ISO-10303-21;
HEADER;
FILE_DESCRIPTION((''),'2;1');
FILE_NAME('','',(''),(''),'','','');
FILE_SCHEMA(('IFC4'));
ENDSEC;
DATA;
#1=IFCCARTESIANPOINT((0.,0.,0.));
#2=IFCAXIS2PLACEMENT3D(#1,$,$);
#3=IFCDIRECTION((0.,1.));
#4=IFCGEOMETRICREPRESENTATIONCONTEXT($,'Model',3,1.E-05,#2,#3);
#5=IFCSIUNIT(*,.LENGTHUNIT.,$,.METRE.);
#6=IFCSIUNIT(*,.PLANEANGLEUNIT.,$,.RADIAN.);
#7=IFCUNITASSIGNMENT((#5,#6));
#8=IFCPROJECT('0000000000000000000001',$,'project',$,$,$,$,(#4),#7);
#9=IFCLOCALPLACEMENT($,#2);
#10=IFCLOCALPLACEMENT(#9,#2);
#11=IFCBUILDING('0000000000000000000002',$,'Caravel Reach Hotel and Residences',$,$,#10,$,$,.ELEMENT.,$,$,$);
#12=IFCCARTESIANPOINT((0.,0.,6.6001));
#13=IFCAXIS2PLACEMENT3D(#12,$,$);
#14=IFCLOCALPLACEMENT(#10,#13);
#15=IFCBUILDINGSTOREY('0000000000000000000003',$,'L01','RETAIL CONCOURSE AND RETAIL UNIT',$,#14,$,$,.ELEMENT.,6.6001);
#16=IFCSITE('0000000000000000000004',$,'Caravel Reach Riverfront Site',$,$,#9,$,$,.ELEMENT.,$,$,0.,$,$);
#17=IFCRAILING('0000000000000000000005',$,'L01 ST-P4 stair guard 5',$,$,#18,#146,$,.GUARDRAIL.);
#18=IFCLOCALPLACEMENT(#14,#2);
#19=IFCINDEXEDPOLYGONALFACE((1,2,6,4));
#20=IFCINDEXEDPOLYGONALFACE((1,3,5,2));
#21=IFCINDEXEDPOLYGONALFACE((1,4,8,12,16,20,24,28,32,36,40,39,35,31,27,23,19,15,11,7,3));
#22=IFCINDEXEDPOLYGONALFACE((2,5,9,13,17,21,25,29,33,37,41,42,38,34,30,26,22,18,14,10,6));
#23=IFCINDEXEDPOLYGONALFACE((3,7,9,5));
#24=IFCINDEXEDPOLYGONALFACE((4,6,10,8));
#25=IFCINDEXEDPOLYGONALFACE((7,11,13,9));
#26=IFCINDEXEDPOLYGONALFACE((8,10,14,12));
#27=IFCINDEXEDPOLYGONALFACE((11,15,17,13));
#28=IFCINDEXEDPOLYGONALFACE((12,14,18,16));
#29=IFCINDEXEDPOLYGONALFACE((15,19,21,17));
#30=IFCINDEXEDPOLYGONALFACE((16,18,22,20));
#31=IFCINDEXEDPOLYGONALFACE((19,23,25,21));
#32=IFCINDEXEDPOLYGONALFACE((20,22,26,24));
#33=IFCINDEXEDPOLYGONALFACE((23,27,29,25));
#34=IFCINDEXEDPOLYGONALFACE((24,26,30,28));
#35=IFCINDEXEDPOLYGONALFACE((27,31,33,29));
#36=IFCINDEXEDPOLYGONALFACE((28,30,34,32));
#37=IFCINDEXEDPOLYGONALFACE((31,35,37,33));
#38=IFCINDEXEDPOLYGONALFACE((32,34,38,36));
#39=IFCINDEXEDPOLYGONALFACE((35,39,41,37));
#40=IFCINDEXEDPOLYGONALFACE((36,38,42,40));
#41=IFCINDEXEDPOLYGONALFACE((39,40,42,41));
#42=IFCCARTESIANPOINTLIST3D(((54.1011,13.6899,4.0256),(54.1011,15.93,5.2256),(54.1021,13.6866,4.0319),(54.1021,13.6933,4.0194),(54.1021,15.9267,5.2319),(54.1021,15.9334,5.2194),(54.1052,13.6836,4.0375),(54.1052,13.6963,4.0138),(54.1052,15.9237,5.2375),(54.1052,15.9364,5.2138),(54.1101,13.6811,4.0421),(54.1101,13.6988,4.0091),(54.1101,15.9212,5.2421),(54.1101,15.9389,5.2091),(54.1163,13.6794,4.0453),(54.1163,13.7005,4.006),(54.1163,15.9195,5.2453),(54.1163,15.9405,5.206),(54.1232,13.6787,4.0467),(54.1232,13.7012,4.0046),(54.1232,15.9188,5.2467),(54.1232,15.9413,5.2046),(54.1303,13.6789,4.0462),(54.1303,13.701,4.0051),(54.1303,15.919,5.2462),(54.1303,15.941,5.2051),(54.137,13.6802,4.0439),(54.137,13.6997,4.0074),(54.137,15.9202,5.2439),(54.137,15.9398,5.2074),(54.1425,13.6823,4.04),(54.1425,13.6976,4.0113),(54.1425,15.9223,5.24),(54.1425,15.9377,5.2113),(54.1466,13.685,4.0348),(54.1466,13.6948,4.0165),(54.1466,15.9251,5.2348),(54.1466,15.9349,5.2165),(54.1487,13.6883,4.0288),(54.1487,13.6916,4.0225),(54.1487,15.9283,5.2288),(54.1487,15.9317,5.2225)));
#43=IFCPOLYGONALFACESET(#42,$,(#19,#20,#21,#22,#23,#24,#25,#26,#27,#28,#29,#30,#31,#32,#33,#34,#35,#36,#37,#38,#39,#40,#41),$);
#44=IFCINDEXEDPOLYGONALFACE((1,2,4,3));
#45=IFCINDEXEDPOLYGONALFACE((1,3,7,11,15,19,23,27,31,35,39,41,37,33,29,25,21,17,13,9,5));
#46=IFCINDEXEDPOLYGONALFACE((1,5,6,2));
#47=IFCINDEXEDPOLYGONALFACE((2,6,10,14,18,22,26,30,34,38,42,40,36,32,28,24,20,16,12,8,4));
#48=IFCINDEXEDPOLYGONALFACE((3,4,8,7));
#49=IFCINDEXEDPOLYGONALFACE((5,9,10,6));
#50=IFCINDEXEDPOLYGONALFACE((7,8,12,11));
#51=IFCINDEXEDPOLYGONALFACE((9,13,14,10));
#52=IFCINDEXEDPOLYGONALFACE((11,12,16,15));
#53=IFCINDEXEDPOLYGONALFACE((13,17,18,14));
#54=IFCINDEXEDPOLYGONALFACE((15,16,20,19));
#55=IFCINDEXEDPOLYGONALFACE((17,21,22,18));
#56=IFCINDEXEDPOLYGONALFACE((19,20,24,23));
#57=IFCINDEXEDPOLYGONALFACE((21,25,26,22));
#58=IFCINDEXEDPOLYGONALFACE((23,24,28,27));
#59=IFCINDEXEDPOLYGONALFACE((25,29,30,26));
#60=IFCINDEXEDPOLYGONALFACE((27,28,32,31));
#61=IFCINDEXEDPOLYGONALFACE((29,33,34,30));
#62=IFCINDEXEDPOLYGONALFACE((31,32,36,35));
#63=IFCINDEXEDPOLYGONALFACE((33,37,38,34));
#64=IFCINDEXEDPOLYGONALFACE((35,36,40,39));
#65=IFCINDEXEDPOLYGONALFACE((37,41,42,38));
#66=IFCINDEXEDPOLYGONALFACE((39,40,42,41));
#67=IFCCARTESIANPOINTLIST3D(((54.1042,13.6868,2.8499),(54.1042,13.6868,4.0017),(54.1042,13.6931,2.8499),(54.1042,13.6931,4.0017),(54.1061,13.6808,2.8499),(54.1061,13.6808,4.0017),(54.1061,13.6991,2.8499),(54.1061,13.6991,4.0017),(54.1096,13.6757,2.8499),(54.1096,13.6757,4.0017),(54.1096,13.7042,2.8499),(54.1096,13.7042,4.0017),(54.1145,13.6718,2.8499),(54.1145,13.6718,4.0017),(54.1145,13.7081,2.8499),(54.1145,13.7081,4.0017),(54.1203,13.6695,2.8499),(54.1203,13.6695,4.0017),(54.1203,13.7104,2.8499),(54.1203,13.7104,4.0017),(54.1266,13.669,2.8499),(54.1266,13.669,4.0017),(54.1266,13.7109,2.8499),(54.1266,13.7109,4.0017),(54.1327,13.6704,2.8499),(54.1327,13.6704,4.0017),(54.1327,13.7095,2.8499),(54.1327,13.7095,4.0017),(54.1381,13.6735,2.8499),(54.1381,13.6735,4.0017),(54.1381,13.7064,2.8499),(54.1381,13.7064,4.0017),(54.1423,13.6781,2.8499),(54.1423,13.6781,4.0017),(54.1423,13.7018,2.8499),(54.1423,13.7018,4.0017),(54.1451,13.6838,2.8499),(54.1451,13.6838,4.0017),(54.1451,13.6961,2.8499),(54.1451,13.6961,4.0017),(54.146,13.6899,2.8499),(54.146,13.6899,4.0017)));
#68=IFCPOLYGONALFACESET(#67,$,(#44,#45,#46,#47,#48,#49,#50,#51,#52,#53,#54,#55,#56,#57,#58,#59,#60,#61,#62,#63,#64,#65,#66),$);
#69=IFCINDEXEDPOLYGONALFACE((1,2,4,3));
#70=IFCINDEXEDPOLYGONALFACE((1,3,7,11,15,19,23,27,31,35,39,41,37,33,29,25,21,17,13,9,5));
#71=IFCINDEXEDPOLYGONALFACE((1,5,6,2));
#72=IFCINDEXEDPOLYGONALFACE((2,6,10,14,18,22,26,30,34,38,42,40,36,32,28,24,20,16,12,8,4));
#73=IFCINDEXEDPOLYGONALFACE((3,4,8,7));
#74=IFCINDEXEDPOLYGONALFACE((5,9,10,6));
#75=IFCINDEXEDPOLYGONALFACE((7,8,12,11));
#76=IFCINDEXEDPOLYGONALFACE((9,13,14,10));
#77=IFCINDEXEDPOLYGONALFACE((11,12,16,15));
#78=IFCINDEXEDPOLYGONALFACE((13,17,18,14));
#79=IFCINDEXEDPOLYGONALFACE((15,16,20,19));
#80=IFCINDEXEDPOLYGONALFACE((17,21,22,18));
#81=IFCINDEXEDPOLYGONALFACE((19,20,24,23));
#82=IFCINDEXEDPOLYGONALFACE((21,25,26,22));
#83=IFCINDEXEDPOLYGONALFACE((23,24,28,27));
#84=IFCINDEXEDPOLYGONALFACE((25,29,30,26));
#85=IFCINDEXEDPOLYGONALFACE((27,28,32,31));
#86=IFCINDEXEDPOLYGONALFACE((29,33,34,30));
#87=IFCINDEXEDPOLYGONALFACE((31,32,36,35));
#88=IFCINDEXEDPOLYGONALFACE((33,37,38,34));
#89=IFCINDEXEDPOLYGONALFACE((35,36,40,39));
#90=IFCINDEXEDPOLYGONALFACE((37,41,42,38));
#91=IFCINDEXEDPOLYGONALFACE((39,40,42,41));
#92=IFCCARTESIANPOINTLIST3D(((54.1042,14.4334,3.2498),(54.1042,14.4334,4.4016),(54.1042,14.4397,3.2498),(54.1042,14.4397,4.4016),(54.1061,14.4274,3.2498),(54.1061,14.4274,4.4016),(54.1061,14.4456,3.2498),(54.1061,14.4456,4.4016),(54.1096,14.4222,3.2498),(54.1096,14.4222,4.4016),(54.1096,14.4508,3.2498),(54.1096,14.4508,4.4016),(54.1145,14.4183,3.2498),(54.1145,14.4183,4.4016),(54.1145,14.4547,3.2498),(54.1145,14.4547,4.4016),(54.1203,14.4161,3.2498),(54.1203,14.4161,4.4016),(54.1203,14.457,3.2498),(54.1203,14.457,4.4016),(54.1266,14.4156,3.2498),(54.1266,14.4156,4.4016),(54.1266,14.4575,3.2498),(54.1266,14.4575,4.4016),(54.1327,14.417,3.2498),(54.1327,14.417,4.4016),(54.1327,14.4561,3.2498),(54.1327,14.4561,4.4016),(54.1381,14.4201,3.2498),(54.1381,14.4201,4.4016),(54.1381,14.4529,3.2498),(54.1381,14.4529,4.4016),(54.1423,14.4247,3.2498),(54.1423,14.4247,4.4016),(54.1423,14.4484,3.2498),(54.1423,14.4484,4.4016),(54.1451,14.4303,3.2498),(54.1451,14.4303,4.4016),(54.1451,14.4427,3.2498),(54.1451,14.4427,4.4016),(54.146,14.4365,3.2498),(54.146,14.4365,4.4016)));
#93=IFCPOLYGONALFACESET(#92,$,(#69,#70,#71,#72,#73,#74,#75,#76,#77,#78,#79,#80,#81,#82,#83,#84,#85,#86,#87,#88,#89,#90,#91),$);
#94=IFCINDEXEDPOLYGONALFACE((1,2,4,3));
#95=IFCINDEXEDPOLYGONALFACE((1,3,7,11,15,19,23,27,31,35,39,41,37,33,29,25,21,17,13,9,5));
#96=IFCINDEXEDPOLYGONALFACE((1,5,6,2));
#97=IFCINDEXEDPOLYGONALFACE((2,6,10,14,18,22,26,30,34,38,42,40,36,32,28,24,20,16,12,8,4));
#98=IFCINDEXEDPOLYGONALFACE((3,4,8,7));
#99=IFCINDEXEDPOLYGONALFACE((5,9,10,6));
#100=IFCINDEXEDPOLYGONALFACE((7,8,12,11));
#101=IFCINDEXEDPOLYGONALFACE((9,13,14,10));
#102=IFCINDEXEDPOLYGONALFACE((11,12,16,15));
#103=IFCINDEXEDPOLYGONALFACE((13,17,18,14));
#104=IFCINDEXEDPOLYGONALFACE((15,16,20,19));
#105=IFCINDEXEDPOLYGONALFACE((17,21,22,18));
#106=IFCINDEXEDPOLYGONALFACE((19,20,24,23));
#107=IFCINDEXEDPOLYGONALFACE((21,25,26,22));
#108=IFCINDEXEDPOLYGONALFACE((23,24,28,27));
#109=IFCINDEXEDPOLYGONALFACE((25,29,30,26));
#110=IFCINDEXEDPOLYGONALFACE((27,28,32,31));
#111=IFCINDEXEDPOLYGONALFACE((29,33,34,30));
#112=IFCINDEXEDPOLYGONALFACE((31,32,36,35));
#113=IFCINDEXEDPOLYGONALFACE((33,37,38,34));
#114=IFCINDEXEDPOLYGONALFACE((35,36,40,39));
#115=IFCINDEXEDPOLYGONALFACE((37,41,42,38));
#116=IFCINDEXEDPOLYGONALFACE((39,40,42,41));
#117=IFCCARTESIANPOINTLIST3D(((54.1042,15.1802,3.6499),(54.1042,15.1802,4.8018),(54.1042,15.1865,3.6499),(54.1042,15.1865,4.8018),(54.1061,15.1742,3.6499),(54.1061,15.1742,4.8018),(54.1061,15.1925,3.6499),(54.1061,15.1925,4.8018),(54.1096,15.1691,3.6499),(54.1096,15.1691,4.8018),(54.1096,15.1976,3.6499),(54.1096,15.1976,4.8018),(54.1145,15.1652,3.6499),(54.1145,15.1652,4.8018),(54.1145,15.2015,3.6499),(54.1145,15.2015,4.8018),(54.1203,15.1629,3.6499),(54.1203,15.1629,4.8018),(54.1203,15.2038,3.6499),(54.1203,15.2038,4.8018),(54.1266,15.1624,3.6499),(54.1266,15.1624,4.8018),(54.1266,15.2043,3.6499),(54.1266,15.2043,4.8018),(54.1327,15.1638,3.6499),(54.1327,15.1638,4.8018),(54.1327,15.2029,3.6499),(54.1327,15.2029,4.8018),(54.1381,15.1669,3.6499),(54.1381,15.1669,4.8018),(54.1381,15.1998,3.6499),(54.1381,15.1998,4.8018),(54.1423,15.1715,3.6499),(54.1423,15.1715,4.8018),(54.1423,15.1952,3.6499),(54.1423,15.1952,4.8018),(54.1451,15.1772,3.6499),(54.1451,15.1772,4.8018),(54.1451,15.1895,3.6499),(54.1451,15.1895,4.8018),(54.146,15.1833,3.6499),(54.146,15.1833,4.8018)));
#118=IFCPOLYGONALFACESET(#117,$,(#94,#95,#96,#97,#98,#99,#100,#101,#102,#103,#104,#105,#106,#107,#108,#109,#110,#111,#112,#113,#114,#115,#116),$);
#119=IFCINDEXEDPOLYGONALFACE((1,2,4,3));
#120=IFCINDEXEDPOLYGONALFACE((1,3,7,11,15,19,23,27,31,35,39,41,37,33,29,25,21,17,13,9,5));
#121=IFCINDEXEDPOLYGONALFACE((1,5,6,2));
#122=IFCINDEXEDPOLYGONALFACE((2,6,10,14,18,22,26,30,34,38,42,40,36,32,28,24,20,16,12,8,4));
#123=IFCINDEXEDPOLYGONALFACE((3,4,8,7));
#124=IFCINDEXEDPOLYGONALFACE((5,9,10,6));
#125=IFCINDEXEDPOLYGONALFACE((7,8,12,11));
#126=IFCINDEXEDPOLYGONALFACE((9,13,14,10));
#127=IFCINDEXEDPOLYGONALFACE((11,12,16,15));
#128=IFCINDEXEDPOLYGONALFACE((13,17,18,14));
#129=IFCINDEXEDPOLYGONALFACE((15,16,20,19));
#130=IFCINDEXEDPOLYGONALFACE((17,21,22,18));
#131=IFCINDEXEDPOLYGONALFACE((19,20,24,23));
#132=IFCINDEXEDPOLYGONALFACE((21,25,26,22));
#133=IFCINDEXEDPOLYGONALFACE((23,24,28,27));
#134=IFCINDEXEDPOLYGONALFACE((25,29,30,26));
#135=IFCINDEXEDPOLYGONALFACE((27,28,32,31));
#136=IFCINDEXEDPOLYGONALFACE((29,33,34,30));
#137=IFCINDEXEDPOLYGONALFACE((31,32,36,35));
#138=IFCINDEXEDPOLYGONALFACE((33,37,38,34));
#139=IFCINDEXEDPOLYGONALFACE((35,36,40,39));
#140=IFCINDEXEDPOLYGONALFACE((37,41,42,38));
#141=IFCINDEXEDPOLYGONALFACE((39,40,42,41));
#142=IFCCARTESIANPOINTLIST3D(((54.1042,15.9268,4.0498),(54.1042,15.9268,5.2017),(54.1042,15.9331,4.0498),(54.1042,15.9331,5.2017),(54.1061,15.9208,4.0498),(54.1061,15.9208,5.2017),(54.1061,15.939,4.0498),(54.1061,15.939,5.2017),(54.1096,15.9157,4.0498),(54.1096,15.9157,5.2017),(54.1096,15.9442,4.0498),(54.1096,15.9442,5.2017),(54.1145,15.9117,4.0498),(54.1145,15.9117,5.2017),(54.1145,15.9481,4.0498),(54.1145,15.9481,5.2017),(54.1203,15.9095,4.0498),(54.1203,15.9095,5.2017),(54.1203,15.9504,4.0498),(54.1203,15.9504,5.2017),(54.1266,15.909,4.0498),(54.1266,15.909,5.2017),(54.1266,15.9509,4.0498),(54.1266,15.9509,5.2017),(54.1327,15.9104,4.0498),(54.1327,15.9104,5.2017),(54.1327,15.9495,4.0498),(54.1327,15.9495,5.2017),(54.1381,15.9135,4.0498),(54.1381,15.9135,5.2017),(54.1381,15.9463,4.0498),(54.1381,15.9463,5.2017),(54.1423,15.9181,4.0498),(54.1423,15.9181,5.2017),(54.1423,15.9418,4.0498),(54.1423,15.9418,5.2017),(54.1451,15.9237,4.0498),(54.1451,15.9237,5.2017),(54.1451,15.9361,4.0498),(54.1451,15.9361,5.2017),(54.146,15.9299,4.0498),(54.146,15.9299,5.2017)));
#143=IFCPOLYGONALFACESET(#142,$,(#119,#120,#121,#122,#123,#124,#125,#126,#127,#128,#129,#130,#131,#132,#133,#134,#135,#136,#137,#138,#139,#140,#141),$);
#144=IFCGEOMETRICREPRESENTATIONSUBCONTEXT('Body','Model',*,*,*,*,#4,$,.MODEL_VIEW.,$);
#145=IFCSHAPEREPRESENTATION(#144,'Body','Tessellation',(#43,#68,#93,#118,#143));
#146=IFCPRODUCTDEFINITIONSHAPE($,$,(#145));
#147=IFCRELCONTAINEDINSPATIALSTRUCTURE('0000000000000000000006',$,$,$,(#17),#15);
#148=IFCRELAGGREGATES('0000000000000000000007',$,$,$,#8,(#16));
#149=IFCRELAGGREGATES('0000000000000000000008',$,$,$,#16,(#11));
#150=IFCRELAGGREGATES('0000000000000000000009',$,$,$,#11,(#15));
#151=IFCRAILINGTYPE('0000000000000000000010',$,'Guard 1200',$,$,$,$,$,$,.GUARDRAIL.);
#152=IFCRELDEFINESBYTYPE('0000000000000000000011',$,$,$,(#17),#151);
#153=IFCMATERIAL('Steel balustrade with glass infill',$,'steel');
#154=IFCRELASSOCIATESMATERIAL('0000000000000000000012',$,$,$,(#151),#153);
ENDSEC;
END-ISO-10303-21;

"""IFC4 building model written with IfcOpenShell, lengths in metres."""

from ifc_helpers import new_model, si_unit, direction, frame, origin, origin_2d, place, context, subcontext, project, spatial, circle, extrude, material, type_object, element, save


model = new_model("IFC4")

# Units and contexts
model_context = context("Model", 3, precision=1e-05, world=origin(), true_north=direction((0.0, 1.0)))
body_context = subcontext(model_context, "Body", "Model", "MODEL_VIEW")
ifc_project = project(units=[si_unit("LENGTHUNIT", "METRE"), si_unit("PLANEANGLEUNIT", "RADIAN")], contexts=[model_context])

# Site, building, storey
site_placement = place(None, origin())
site = spatial("IfcSite", under=ifc_project, at=site_placement, Name="Caravel Reach Riverfront Site", CompositionType="ELEMENT", RefElevation=0.0)
building_placement = place(site_placement, origin())
building = spatial("IfcBuilding", under=site, at=building_placement, Name="Caravel Reach Hotel and Residences", CompositionType="ELEMENT")
storey_placement = place(building_placement, frame((0.0, 0.0, 6.6001)))
storey = spatial("IfcBuildingStorey", under=building, at=storey_placement, Name="L01", Description="RETAIL CONCOURSE AND RETAIL UNIT", CompositionType="ELEMENT", Elevation=6.6001)

# Railing
ifc_material_1 = material(Name="Steel balustrade with glass infill", Category="steel")
railing_type_1 = type_object("IfcRailingType", Name="Guard 1200", PredefinedType="GUARDRAIL", material=ifc_material_1)
for number, where, name in (
    (1, (54.125, 13.6899, 2.8499), "L01 ST-P4 stair guard 5"),
):
    element("IfcRailing", number, at=place(storey_placement, frame(where)), inside=storey, type_object=railing_type_1, Name=name, PredefinedType="GUARDRAIL", context=body_context, shape_type="SweptSolid", body=[
        extrude(circle(Radius=0.0239, at=origin_2d()), frame((0.0, 0.0, 1.1758), z_axis=(0.0, 0.881487, 0.472208), x_axis=(-1.0, 0.0, 0.0)), (0.0, 0.0, 1.0), 2.5413),
        extrude(circle(Radius=0.021, at=origin_2d()), origin(), (0.0, 0.0, 1.0), 1.1519),
        extrude(circle(Radius=0.021, at=origin_2d()), frame((0.0, 0.7466, 0.3999)), (0.0, 0.0, 1.0), 1.1519),
        extrude(circle(Radius=0.021, at=origin_2d()), frame((0.0, 1.4934, 0.8)), (0.0, 0.0, 1.0), 1.1519),
        extrude(circle(Radius=0.021, at=origin_2d()), frame((0.0, 2.24, 1.2)), (0.0, 0.0, 1.0), 1.1519),
    ])

save(model, "model.ifc")
